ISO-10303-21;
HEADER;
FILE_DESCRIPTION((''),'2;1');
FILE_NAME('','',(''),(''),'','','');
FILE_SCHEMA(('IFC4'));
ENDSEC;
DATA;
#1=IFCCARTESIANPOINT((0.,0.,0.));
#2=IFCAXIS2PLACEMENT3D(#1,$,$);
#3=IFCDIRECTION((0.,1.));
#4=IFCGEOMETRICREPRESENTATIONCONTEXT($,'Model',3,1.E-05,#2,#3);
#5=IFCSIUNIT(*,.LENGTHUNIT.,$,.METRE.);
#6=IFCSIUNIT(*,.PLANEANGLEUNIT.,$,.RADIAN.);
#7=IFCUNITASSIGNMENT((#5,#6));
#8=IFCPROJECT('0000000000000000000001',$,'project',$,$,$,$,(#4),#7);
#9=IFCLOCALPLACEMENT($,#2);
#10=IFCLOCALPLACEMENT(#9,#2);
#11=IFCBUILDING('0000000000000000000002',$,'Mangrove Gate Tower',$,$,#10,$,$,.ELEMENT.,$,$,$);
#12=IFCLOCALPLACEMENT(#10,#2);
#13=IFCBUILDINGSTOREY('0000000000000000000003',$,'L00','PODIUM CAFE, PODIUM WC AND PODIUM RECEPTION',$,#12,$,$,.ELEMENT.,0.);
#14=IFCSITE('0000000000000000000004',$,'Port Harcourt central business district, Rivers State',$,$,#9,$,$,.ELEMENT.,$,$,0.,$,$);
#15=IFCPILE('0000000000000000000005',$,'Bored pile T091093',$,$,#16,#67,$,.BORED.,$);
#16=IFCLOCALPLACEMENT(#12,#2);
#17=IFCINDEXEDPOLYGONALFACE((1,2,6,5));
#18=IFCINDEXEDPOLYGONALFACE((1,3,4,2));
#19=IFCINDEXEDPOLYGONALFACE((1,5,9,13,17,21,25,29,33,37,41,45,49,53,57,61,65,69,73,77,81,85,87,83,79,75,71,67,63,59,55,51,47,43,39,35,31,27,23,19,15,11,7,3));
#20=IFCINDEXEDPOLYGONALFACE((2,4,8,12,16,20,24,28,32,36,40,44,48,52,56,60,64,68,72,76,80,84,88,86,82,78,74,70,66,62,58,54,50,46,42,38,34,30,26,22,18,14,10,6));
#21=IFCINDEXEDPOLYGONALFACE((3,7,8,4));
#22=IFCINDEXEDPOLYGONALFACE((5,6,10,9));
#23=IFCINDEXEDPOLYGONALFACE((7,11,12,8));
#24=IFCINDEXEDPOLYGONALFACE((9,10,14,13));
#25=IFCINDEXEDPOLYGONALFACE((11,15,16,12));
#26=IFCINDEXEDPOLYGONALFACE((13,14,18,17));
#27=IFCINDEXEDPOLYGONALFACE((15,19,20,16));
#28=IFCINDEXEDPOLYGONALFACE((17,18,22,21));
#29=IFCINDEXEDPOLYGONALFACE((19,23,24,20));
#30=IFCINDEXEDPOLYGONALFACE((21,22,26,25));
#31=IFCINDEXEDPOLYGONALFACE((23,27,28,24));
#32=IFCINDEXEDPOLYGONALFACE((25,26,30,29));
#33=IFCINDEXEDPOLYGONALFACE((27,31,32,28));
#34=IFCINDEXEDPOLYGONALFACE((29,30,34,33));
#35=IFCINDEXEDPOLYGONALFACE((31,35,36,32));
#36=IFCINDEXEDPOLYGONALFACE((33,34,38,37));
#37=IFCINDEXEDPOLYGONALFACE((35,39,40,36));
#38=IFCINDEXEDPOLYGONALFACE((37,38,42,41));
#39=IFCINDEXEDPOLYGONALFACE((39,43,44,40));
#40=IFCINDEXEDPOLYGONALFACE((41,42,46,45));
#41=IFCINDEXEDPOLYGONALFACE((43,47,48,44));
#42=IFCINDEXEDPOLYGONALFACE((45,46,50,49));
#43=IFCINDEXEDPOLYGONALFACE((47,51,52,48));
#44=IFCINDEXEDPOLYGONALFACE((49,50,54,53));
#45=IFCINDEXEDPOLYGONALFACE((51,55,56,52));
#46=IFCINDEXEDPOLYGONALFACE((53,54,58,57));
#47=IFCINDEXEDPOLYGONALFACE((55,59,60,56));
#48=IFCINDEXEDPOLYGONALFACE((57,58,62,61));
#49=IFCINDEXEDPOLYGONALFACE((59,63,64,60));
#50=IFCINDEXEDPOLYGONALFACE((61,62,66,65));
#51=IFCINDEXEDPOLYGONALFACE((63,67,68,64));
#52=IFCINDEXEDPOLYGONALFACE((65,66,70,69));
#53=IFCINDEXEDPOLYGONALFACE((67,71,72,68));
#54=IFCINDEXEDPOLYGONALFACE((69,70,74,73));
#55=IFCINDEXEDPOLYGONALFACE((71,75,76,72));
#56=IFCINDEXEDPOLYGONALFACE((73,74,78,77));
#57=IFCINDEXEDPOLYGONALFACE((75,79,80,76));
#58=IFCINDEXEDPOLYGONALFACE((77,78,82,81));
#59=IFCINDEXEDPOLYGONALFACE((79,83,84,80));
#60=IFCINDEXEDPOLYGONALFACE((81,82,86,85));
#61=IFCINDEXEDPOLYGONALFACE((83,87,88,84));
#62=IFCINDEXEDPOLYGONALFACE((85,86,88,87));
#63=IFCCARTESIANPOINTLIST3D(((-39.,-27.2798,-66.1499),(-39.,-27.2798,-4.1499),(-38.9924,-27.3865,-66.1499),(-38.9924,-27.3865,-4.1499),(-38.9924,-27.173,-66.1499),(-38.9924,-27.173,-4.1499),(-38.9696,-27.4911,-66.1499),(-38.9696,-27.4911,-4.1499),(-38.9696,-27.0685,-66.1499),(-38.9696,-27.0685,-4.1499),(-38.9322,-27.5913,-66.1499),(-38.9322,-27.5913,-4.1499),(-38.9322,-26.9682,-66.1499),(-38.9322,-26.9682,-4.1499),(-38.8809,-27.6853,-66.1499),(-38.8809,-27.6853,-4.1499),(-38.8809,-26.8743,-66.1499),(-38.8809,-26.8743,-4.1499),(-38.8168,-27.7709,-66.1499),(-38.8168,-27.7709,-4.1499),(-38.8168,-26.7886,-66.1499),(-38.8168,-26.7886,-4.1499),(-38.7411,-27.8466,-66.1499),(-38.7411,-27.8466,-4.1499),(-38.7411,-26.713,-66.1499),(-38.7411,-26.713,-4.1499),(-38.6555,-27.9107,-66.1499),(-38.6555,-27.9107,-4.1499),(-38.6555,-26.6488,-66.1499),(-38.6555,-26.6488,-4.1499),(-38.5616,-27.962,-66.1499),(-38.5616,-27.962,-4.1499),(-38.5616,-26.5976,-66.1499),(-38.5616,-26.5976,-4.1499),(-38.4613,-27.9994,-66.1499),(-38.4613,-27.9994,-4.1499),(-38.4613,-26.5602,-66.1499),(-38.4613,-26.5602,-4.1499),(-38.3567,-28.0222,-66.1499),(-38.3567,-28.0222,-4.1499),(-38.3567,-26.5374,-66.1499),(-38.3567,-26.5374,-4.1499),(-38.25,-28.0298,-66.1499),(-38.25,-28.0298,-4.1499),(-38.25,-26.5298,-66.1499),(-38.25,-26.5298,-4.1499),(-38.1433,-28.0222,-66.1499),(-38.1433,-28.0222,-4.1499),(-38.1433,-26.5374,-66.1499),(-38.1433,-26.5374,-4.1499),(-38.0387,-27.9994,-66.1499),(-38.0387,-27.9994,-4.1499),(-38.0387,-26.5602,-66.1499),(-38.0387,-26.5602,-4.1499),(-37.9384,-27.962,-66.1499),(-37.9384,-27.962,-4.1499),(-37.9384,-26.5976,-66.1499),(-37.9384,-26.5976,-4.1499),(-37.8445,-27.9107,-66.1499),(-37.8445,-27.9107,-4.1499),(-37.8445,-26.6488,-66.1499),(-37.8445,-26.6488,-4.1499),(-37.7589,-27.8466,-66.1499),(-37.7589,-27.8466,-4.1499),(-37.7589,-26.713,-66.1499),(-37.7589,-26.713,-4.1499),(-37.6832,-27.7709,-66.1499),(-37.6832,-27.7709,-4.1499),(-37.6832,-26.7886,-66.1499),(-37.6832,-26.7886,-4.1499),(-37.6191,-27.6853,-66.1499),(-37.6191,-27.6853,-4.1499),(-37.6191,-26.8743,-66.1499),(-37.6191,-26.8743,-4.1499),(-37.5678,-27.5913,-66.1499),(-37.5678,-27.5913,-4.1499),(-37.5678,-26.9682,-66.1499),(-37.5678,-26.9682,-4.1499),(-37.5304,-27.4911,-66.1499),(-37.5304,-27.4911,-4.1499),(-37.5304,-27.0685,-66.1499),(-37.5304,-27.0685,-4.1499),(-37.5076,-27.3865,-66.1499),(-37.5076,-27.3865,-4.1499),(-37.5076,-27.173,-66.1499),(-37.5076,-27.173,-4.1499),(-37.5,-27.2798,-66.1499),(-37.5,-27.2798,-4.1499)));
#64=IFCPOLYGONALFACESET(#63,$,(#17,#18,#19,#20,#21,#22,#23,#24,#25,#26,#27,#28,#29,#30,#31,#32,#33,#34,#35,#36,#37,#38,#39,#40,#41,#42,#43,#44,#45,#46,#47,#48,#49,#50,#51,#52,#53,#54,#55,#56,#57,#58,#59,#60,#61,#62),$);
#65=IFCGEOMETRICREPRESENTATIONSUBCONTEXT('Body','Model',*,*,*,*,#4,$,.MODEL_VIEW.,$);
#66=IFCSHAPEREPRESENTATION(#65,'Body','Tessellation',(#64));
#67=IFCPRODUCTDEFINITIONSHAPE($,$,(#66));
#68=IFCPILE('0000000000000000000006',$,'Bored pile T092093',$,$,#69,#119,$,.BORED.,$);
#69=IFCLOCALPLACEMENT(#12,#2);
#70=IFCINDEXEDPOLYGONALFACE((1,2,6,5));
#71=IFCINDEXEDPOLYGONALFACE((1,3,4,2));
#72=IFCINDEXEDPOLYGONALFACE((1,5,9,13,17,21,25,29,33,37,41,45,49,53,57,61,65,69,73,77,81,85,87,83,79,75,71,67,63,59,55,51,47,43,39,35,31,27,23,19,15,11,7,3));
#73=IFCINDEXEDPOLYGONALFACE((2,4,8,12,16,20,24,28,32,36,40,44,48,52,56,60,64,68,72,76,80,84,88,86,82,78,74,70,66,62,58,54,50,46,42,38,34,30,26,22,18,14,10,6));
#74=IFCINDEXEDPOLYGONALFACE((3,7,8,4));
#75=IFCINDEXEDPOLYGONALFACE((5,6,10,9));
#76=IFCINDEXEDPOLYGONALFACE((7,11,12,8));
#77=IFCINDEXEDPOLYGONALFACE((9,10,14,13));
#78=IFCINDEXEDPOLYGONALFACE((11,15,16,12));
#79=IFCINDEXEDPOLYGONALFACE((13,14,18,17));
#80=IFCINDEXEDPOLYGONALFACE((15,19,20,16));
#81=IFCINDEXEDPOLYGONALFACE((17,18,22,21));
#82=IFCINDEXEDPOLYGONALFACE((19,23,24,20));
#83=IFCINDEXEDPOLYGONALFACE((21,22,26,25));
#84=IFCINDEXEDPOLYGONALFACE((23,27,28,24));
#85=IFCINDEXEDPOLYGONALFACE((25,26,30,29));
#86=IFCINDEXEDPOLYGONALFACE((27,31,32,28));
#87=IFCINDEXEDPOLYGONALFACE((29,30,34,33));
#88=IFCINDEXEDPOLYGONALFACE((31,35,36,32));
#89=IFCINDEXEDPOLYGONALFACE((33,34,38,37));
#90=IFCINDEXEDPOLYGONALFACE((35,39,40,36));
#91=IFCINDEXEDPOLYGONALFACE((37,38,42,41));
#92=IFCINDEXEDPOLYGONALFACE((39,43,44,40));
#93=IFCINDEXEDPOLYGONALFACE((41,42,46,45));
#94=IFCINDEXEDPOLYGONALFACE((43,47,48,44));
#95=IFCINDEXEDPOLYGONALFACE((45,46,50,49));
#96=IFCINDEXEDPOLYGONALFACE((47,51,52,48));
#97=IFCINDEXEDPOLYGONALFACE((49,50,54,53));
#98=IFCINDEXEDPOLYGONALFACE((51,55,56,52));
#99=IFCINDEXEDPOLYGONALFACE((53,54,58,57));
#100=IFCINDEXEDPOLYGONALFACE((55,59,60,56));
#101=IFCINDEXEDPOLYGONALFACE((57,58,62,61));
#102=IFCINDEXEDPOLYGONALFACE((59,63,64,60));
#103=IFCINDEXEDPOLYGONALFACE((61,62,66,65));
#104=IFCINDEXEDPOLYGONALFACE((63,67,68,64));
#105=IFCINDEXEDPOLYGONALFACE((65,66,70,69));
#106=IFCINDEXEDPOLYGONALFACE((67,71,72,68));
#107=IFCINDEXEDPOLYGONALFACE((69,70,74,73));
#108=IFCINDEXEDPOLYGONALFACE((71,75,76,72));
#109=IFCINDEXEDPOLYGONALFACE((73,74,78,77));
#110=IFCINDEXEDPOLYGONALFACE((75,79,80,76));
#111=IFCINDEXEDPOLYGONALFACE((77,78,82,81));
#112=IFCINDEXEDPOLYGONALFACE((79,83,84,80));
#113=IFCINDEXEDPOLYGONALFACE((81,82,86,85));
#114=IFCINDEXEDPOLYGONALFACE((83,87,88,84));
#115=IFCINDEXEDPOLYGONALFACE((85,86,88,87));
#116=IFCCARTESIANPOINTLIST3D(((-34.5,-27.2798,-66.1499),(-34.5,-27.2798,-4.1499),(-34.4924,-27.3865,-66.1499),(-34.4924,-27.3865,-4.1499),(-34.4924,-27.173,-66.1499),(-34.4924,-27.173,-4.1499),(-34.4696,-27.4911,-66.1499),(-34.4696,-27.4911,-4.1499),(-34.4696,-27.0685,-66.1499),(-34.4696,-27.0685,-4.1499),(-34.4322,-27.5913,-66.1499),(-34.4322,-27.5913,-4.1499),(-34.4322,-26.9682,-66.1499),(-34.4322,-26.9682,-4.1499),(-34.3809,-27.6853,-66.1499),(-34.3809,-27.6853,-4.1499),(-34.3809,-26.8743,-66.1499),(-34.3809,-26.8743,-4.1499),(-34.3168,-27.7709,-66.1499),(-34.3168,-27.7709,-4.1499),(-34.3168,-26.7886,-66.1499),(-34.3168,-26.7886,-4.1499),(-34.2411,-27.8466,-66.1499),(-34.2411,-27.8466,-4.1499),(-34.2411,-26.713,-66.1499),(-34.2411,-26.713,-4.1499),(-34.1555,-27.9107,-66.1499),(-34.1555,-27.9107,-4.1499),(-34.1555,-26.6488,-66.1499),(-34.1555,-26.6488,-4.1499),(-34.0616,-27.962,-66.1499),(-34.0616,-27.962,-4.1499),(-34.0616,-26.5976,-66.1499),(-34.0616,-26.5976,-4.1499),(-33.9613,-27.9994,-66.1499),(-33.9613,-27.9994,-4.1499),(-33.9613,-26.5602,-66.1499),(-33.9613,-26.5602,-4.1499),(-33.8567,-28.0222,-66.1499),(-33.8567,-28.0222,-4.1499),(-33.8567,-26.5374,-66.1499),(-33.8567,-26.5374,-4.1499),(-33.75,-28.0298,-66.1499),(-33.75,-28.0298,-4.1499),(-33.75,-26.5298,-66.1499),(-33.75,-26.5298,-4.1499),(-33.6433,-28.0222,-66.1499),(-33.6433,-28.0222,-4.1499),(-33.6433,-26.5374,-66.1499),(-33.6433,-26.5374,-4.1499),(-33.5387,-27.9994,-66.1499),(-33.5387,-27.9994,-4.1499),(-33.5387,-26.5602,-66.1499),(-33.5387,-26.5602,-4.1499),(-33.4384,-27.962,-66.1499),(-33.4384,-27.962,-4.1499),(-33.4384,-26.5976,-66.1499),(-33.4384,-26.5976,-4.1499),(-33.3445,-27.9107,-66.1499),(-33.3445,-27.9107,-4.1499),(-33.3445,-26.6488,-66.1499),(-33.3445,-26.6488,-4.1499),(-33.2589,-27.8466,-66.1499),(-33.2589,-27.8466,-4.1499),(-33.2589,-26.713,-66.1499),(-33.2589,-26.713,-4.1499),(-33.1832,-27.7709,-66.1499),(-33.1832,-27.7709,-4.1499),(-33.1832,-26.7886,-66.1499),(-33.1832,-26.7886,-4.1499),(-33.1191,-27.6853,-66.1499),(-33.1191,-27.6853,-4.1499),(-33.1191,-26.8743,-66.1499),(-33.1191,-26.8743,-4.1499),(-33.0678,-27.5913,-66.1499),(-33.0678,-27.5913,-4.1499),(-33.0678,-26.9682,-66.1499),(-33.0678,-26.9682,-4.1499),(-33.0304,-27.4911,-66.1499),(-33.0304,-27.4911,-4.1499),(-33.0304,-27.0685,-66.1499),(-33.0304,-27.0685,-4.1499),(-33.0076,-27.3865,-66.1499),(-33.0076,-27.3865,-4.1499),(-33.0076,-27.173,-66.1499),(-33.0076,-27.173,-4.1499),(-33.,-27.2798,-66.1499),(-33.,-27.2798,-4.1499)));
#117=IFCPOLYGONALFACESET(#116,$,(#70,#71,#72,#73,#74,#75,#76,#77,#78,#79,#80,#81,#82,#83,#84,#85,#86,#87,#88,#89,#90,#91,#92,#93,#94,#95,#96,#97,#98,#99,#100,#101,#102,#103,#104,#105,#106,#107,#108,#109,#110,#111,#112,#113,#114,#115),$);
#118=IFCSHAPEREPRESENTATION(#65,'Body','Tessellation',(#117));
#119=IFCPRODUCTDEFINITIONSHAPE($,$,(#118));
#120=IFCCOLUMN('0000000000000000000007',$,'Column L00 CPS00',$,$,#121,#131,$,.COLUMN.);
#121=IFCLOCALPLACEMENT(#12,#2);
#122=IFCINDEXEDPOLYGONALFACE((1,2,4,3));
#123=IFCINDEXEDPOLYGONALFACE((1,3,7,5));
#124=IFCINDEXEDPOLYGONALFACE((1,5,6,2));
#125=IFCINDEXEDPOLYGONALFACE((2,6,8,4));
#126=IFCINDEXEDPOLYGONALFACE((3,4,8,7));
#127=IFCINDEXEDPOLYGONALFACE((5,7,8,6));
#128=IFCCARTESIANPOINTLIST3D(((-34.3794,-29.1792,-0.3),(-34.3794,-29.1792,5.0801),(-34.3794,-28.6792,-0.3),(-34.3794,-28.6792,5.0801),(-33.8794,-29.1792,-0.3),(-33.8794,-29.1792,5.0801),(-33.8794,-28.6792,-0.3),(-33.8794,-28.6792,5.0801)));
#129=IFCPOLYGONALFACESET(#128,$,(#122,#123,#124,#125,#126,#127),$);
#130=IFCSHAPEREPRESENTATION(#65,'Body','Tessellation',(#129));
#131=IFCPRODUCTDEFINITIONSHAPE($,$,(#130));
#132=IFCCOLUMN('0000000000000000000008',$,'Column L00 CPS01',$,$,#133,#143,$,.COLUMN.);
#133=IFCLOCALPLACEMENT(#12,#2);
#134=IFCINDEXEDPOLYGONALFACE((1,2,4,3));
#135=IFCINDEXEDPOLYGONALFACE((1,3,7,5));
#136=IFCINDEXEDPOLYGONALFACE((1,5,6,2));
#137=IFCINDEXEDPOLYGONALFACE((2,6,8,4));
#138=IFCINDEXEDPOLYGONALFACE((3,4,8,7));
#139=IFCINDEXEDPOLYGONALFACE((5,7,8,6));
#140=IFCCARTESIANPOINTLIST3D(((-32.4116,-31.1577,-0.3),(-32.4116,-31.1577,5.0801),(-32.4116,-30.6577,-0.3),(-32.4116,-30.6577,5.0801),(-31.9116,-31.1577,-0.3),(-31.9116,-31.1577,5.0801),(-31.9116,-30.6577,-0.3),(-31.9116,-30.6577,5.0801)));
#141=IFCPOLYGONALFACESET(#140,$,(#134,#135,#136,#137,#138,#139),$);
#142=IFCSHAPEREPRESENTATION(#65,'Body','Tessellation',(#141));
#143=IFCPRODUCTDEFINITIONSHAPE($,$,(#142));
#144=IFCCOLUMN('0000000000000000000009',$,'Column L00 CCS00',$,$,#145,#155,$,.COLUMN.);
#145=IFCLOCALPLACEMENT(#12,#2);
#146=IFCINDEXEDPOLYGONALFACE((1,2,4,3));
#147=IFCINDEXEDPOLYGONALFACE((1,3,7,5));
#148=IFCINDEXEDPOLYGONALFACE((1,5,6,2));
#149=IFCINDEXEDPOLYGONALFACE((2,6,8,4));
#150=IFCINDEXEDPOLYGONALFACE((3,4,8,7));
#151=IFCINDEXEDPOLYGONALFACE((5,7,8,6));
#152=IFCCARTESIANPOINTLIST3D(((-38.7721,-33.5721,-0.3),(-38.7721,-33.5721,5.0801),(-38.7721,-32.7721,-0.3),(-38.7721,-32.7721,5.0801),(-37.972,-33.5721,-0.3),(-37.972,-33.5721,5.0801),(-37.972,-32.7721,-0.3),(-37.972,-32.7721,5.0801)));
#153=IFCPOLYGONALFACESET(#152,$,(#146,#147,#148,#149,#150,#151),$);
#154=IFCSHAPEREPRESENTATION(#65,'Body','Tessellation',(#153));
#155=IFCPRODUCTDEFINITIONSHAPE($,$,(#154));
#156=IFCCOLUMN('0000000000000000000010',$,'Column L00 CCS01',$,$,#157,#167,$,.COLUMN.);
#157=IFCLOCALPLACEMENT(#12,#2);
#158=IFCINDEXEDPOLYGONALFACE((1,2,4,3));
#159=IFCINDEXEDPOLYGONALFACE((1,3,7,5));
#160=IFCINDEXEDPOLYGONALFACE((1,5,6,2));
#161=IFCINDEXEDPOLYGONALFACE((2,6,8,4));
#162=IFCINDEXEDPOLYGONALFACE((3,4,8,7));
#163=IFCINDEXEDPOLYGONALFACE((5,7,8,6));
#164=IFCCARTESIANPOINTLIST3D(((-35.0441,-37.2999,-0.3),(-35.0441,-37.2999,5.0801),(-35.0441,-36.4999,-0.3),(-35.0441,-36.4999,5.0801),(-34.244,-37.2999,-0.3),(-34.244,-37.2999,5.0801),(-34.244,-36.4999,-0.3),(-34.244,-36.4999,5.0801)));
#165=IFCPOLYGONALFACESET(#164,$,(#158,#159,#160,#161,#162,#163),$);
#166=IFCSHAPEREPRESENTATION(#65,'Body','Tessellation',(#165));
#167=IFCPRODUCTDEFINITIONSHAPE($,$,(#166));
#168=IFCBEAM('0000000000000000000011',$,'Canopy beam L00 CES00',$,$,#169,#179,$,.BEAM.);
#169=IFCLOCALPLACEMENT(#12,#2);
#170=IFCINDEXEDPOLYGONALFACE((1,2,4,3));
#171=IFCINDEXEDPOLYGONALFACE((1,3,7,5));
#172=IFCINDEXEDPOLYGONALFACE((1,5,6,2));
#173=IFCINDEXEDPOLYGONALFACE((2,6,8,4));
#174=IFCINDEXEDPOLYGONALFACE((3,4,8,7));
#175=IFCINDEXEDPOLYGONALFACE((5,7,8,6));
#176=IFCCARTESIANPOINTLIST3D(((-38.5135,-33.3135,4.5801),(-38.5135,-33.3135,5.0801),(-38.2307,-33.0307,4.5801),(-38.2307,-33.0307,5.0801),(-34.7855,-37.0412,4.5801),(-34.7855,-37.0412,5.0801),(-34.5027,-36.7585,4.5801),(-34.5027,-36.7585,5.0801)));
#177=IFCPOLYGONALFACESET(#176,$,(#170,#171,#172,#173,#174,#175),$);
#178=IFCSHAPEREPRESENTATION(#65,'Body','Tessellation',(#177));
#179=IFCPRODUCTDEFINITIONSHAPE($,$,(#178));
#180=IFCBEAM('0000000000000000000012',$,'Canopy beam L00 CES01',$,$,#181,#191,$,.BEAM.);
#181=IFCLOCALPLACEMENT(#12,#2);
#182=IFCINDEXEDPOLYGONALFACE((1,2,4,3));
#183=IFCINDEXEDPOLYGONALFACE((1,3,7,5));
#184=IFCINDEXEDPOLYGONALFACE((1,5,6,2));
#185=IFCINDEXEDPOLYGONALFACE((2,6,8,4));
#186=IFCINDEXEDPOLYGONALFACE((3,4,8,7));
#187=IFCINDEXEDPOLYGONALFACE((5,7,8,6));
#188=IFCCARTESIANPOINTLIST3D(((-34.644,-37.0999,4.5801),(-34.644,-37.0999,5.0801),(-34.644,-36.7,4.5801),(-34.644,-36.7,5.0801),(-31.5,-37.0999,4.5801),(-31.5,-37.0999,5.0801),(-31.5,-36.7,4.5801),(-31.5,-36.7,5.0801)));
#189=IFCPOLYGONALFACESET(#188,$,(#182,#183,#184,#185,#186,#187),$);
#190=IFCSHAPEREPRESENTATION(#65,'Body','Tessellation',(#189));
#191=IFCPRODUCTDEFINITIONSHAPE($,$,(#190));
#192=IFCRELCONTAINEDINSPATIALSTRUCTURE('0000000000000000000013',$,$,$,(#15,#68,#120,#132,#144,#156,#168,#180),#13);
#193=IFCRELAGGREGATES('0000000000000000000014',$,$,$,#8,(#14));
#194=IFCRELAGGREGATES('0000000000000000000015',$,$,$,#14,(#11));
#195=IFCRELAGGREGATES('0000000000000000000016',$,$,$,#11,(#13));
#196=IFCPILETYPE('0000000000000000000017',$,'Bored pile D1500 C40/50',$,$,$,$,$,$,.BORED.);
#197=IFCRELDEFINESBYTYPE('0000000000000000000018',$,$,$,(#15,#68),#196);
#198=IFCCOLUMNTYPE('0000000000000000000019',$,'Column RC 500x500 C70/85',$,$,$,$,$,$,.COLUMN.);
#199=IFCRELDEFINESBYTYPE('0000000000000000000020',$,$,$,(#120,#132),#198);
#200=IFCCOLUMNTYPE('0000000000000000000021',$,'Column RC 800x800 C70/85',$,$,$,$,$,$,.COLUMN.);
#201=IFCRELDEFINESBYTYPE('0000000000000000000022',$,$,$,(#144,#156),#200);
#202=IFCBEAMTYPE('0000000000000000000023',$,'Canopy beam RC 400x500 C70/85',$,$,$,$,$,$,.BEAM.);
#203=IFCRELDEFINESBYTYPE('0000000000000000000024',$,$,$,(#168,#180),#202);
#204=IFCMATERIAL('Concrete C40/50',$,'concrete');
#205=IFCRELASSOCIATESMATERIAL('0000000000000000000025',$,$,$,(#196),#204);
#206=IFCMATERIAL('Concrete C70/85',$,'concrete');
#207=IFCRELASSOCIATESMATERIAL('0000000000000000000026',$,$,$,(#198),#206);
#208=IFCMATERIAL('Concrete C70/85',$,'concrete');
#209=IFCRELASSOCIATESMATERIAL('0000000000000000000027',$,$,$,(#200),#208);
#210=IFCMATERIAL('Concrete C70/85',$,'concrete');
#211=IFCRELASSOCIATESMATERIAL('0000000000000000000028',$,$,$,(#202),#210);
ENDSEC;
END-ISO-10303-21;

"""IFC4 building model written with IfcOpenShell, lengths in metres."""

from ifc_helpers import new_model, si_unit, direction, frame, origin, origin_2d, place, context, subcontext, project, spatial, rectangle, circle, extrude, material, material_profile, profile_set, type_object, element, save


model = new_model("IFC4")

# Units and contexts
model_context = context("Model", 3, precision=1e-05, world=origin(), true_north=direction((0.0, 1.0)))
body_context = subcontext(model_context, "Body", "Model", "MODEL_VIEW")
ifc_project = project(units=[si_unit("LENGTHUNIT", "METRE"), si_unit("PLANEANGLEUNIT", "RADIAN")], contexts=[model_context])

# Site, building, storey
site_placement = place(None, origin())
site = spatial("IfcSite", under=ifc_project, at=site_placement, Name="Port Harcourt central business district, Rivers State", CompositionType="ELEMENT", RefElevation=0.0)
building_placement = place(site_placement, origin())
building = spatial("IfcBuilding", under=site, at=building_placement, Name="Mangrove Gate Tower", CompositionType="ELEMENT")
storey_placement = place(building_placement, origin())
storey = spatial("IfcBuildingStorey", under=building, at=storey_placement, Name="L00", Description="PODIUM CAFE, PODIUM WC AND PODIUM RECEPTION", CompositionType="ELEMENT", Elevation=0.0)

# Piles
ifc_material_1 = material(Name="Concrete C40/50", Category="concrete")
ifc_material_profile_1 = material_profile(ifc_material_1, circle(Radius=0.75, at=origin_2d()))
ifc_profile_set_1 = profile_set([ifc_material_profile_1], Name="Concrete C40/50")
pile_type = type_object("IfcPileType", Name="Bored pile D1500 C40/50", PredefinedType="BORED", material=ifc_profile_set_1)
for number, where, z_axis, x_axis, name in (
    (1, (-38.25, -27.2798, -4.1499), (0.0, 0.0, -1.0), (1.0, 0.0, 0.0), "Bored pile T091093"),
    (2, (-33.75, -27.2798, -4.1499), (0.0, 0.0, -1.0), (1.0, 0.0, 0.0), "Bored pile T092093"),
):
    element("IfcPile", number, at=place(storey_placement, frame(where, z_axis=z_axis, x_axis=x_axis)), inside=storey, type_object=pile_type, Name=name, PredefinedType="BORED", context=body_context, shape_type="SweptSolid", body=[
        extrude(circle(Radius=0.75, at=origin_2d()), origin(), (0.0, 0.0, 1.0), 62.0),
    ])

# Columns
ifc_material_2 = material(Name="Concrete C70/85", Category="concrete")
ifc_material_profile_2 = material_profile(ifc_material_2, rectangle(XDim=0.5, YDim=0.5, at=origin_2d()))
ifc_profile_set_2 = profile_set([ifc_material_profile_2], Name="Concrete C70/85")
column_type_1 = type_object("IfcColumnType", Name="Column RC 500x500 C70/85", PredefinedType="COLUMN", material=ifc_profile_set_2)
for number, where, z_axis, x_axis, name in (
    (3, (-34.1294, -28.9292, -0.3), (0.0, 0.0, 1.0), (1.0, 0.0, 0.0), "Column L00 CPS00"),
    (4, (-32.1616, -30.9077, -0.3), (0.0, 0.0, 1.0), (1.0, 0.0, 0.0), "Column L00 CPS01"),
):
    element("IfcColumn", number, at=place(storey_placement, frame(where, z_axis=z_axis, x_axis=x_axis)), inside=storey, type_object=column_type_1, Name=name, PredefinedType="COLUMN", context=body_context, shape_type="SweptSolid", body=[
        extrude(rectangle(XDim=0.5, YDim=0.5, at=origin_2d()), origin(), (0.0, 0.0, 1.0), 5.3801),
    ])
ifc_material_3 = material(Name="Concrete C70/85", Category="concrete")
ifc_material_profile_3 = material_profile(ifc_material_3, rectangle(XDim=0.8, YDim=0.8, at=origin_2d()))
ifc_profile_set_3 = profile_set([ifc_material_profile_3], Name="Concrete C70/85")
column_type_2 = type_object("IfcColumnType", Name="Column RC 800x800 C70/85", PredefinedType="COLUMN", material=ifc_profile_set_3)
for number, where, z_axis, x_axis, name in (
    (5, (-38.3721, -33.1721, -0.3), (0.0, 0.0, 1.0), (1.0, 0.0, 0.0), "Column L00 CCS00"),
    (6, (-34.644, -36.8999, -0.3), (0.0, 0.0, 1.0), (1.0, 0.0, 0.0), "Column L00 CCS01"),
):
    element("IfcColumn", number, at=place(storey_placement, frame(where, z_axis=z_axis, x_axis=x_axis)), inside=storey, type_object=column_type_2, Name=name, PredefinedType="COLUMN", context=body_context, shape_type="SweptSolid", body=[
        extrude(rectangle(XDim=0.8, YDim=0.8, at=origin_2d()), origin(), (0.0, 0.0, 1.0), 5.3801),
    ])

# Beams
ifc_material_4 = material(Name="Concrete C70/85", Category="concrete")
ifc_material_profile_4 = material_profile(ifc_material_4, rectangle(XDim=0.3999, YDim=0.5, at=origin_2d()))
ifc_profile_set_4 = profile_set([ifc_material_profile_4], Name="Concrete C70/85")
beam_type = type_object("IfcBeamType", Name="Canopy beam RC 400x500 C70/85", PredefinedType="BEAM", material=ifc_profile_set_4)
beam_1_placement = place(storey_placement, frame((-38.3721, -33.1721, 4.8301), z_axis=(0.70713, -0.707084, 0.0), x_axis=(0.707084, 0.70713, 0.0)))
element("IfcBeam", 7, at=beam_1_placement, inside=storey, type_object=beam_type, Name="Canopy beam L00 CES00", PredefinedType="BEAM", context=body_context, shape_type="SweptSolid", body=[
    extrude(rectangle(XDim=0.3999, YDim=0.5, at=origin_2d()), origin(), (0.0, 0.0, 1.0), 5.272),
])
beam_2_placement = place(storey_placement, frame((-34.644, -36.8999, 4.8301), z_axis=(1.0, 0.0, 0.0), x_axis=(0.0, 1.0, 0.0)))
element("IfcBeam", 8, at=beam_2_placement, inside=storey, type_object=beam_type, Name="Canopy beam L00 CES01", PredefinedType="BEAM", context=body_context, shape_type="SweptSolid", body=[
    extrude(rectangle(XDim=0.3999, YDim=0.5, at=origin_2d()), origin(), (0.0, 0.0, 1.0), 3.144),
])

save(model, "model.ifc")
